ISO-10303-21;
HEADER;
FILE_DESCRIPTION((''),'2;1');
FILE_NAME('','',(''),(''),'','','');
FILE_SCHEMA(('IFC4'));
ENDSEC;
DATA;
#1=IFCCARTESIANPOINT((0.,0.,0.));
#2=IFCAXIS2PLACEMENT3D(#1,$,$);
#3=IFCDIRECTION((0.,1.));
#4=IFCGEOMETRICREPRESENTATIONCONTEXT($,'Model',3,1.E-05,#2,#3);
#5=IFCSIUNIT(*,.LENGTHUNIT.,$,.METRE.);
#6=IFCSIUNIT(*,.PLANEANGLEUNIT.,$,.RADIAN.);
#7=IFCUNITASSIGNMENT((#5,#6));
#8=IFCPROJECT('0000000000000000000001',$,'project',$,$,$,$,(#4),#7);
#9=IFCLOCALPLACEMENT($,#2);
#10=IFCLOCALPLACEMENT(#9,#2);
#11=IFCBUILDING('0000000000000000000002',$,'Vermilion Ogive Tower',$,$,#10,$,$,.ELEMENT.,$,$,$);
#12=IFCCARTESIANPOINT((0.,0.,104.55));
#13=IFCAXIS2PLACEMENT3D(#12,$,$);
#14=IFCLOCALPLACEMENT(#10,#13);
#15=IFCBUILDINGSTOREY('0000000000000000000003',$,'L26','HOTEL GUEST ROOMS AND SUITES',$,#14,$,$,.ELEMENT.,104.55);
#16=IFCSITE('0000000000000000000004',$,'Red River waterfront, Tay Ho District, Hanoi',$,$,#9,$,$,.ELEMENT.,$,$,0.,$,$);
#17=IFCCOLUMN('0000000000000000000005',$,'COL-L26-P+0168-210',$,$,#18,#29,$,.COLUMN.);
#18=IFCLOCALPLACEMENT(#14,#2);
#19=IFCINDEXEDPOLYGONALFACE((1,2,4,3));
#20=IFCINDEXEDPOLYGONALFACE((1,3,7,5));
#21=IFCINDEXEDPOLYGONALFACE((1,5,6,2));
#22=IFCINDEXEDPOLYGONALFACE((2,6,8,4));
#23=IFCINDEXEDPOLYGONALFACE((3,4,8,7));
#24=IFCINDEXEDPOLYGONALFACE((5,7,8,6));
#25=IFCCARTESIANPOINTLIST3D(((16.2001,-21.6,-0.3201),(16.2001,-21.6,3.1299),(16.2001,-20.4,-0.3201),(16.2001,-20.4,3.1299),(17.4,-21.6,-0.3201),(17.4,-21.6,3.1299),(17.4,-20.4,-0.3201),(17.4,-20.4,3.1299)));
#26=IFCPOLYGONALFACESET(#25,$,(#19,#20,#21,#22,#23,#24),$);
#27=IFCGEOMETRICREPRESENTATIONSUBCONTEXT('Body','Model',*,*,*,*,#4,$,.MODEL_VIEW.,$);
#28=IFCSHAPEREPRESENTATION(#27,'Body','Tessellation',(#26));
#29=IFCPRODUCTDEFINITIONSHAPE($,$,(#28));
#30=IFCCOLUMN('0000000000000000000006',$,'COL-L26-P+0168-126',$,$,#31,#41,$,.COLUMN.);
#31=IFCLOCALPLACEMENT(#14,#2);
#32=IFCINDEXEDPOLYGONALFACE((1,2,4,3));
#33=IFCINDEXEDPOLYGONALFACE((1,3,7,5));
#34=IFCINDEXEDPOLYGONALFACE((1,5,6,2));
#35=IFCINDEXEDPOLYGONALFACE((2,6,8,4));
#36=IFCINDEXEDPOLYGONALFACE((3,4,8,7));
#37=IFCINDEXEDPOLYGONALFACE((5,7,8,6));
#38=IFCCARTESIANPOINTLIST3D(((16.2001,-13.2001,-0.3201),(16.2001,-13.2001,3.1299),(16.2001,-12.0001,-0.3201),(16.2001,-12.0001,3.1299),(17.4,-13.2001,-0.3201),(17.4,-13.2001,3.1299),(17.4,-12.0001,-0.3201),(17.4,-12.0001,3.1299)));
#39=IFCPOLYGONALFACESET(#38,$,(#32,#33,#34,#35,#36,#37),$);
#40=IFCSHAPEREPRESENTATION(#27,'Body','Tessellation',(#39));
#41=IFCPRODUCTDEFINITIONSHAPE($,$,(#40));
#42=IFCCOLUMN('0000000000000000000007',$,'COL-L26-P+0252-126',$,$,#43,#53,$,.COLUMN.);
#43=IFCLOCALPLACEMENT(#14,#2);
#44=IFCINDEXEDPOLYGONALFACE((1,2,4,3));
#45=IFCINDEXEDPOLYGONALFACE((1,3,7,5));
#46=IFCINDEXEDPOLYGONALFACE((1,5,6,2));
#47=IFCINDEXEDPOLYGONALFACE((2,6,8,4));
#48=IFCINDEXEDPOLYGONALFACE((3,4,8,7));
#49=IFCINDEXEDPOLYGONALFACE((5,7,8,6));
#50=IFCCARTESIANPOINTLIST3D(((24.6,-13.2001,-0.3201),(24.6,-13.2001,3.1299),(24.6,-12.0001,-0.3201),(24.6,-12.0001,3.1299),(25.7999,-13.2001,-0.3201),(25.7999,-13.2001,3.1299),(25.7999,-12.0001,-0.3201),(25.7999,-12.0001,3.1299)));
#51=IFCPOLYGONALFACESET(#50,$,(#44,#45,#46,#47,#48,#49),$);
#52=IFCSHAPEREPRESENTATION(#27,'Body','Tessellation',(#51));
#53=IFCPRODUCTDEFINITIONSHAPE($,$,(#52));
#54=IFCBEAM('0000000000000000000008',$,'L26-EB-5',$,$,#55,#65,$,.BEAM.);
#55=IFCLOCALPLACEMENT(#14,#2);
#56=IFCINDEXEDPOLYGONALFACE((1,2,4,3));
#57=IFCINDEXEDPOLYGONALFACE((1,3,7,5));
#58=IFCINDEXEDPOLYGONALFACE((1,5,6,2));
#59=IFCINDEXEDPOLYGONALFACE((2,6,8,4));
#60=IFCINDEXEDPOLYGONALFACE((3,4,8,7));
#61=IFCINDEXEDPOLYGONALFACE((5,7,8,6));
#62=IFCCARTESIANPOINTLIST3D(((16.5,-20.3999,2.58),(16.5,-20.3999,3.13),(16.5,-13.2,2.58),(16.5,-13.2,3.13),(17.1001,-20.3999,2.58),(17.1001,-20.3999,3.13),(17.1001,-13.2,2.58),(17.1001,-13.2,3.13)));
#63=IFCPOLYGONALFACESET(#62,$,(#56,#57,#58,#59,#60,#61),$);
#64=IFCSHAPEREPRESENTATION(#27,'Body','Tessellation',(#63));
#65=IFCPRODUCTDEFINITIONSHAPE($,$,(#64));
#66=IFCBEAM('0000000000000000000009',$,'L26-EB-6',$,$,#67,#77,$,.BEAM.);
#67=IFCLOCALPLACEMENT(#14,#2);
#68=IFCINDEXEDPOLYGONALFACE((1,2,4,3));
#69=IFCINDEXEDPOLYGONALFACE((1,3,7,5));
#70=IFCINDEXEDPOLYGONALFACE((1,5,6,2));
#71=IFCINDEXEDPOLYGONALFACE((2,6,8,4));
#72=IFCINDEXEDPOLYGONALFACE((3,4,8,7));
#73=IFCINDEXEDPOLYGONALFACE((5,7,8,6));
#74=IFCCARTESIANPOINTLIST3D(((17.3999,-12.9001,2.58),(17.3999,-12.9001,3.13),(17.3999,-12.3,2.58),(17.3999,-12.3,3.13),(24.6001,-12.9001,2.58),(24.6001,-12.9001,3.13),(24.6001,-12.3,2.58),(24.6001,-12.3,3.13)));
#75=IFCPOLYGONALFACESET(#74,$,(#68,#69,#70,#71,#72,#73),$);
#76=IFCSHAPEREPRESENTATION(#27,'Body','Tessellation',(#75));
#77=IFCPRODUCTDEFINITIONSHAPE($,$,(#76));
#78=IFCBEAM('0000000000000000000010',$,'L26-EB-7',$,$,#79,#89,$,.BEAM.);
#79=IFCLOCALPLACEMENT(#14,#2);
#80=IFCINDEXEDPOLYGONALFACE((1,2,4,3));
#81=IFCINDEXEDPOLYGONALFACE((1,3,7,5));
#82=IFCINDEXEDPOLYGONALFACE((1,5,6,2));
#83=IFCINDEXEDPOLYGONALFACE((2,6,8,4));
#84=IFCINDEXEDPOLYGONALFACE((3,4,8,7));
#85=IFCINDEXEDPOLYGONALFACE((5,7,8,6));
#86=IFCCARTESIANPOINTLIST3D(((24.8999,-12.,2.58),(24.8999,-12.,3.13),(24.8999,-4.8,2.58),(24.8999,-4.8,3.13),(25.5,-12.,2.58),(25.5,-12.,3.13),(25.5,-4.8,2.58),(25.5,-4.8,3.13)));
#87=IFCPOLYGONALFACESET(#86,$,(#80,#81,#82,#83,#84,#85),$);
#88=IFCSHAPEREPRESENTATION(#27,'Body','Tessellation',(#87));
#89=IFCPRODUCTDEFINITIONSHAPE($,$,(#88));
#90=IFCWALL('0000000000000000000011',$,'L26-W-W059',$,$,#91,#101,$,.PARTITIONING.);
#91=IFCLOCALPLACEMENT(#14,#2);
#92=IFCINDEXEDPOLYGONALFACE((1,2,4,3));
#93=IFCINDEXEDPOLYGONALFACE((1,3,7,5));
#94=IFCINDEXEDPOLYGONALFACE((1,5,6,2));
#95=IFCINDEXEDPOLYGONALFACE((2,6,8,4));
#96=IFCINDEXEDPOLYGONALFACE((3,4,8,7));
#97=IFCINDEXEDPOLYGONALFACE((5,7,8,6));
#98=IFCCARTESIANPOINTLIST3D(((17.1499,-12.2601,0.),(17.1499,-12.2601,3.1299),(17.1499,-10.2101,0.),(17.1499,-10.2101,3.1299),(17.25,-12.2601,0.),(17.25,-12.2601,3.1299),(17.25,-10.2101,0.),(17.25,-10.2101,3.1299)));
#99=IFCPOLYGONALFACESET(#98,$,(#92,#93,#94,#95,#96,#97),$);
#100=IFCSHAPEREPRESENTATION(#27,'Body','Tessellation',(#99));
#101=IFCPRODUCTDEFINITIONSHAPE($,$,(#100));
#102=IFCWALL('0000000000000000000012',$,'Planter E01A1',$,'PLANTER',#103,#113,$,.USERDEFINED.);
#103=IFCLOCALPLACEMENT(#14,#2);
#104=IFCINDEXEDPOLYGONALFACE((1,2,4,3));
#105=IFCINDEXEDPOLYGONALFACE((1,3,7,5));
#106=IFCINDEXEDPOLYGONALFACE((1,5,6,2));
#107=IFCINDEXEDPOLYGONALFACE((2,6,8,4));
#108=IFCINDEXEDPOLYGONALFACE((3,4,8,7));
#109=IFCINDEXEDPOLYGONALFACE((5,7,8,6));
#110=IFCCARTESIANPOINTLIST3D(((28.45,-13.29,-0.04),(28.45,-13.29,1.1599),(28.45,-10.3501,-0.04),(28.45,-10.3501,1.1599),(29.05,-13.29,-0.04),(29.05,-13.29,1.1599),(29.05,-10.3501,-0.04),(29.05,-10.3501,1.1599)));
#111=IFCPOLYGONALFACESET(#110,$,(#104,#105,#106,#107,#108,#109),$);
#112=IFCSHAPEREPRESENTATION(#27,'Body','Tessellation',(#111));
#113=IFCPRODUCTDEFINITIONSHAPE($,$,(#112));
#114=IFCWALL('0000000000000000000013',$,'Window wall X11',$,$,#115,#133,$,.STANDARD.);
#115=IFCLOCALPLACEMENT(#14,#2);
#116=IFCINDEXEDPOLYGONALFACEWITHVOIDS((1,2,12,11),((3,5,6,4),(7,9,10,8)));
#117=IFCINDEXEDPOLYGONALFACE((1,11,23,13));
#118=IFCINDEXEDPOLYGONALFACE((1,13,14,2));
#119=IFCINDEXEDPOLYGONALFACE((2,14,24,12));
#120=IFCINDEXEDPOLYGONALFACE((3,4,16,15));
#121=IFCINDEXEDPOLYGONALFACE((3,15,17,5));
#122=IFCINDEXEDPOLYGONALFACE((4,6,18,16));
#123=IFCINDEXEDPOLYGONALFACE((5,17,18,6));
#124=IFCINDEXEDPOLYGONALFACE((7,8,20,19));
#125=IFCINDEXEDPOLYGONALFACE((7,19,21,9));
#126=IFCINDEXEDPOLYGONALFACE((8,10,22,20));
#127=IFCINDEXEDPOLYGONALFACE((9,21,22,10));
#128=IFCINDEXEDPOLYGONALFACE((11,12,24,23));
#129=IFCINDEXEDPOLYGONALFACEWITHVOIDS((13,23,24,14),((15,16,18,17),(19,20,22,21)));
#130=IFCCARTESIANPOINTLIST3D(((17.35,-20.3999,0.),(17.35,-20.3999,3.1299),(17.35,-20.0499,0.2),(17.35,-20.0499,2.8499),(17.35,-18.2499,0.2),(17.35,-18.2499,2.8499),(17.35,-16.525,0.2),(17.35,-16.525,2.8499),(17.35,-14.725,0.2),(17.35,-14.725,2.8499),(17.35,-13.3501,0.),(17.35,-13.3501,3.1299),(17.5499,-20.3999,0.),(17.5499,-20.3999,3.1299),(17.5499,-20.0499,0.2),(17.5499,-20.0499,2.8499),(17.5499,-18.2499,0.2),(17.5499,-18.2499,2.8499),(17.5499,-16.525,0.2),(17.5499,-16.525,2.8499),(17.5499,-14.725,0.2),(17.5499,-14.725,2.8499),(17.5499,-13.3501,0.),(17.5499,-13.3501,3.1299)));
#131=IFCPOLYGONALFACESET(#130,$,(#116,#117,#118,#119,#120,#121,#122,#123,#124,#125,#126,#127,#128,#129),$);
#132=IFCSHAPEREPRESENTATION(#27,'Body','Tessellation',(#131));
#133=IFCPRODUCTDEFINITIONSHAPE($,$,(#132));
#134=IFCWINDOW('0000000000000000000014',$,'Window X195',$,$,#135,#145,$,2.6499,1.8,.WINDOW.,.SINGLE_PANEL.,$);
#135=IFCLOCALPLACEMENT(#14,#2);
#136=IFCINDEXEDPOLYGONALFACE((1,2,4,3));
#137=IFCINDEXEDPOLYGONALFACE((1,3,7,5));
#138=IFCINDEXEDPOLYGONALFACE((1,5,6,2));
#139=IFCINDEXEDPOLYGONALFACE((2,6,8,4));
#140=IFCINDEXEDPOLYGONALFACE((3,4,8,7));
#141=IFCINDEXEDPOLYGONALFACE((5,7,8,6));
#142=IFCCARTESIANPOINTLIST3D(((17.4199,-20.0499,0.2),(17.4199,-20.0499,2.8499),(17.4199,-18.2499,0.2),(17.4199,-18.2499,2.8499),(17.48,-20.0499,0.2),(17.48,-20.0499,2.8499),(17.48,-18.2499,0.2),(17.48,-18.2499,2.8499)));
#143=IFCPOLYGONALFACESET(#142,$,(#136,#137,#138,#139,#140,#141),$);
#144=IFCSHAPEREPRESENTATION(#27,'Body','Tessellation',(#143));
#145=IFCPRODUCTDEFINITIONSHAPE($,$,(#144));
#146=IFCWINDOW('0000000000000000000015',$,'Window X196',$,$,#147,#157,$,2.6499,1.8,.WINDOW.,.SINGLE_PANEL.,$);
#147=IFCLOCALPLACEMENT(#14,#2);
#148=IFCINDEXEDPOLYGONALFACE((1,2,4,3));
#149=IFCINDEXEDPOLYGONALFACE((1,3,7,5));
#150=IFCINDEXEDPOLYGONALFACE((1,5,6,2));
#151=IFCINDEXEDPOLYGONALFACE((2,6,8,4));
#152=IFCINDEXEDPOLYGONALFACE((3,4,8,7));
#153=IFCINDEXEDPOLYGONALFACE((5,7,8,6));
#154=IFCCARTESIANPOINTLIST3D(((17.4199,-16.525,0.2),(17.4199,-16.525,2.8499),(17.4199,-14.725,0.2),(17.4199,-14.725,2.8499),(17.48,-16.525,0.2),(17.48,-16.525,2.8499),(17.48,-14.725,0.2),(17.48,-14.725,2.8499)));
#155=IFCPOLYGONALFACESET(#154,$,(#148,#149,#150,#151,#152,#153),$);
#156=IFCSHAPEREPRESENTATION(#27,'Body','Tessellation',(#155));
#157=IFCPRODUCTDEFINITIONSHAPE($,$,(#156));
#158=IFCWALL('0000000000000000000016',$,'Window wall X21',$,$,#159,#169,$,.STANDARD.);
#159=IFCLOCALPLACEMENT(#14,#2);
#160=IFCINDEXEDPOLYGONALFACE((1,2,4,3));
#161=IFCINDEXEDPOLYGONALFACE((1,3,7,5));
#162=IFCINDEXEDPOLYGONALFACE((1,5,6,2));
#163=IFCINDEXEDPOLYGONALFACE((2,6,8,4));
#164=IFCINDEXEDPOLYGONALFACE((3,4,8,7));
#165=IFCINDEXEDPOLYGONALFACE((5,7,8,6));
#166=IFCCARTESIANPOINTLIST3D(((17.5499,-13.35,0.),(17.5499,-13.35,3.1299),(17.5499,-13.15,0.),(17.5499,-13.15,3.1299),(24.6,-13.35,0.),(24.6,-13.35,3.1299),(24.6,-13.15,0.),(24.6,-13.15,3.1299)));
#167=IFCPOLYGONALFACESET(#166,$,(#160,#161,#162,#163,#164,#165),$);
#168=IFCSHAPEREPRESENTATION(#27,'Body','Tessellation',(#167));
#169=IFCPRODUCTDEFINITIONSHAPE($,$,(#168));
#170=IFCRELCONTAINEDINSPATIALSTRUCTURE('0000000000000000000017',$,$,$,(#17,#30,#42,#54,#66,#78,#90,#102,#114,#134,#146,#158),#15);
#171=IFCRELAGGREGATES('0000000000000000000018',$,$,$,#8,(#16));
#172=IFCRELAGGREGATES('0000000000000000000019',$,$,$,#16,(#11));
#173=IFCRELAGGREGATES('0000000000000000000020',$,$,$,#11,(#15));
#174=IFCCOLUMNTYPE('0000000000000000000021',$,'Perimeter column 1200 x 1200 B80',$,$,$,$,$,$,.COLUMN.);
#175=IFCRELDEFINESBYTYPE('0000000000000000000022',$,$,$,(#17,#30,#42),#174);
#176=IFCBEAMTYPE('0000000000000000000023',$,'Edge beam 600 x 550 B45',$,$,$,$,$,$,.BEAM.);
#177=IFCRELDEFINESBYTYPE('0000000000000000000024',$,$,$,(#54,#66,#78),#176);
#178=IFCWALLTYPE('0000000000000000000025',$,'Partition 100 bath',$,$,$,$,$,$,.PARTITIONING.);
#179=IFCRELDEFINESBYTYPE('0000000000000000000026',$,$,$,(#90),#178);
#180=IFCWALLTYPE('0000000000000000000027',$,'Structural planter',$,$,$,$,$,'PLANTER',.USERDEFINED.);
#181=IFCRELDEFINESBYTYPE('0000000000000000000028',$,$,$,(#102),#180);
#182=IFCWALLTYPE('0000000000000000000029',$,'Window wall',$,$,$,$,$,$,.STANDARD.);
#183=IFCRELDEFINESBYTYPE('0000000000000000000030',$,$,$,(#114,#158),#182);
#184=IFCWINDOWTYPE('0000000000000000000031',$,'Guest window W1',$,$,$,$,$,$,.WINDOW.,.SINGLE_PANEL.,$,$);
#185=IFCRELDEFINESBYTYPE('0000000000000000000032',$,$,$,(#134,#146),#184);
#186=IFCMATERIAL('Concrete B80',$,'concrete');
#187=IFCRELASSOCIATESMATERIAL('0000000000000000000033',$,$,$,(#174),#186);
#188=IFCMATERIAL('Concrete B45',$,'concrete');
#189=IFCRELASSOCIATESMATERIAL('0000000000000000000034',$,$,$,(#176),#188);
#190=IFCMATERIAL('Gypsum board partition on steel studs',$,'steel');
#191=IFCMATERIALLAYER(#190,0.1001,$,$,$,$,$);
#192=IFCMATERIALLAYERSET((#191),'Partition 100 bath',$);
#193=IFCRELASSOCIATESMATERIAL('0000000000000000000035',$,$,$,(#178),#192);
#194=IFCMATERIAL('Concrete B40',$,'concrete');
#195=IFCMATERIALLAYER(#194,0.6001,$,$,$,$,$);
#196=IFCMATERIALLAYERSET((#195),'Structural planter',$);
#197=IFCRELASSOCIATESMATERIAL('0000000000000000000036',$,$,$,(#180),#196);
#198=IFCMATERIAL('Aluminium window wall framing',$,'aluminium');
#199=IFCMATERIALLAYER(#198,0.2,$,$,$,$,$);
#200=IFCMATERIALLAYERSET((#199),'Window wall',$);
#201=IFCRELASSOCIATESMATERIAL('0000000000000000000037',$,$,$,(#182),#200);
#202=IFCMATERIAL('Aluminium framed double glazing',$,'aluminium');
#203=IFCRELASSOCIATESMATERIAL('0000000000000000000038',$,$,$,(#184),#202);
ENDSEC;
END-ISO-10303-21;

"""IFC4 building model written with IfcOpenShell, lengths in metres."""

from ifc_helpers import new_model, si_unit, direction, frame, frame_2d, origin, origin_2d, place, context, subcontext, project, spatial, rectangle, extrude, material, layer, layer_set, material_profile, profile_set, type_object, element, fill, save


model = new_model("IFC4")

# Units and contexts
model_context = context("Model", 3, precision=1e-05, world=origin(), true_north=direction((0.0, 1.0)))
body_context = subcontext(model_context, "Body", "Model", "MODEL_VIEW")
ifc_project = project(units=[si_unit("LENGTHUNIT", "METRE"), si_unit("PLANEANGLEUNIT", "RADIAN")], contexts=[model_context])

# Site, building, storey
site_placement = place(None, origin())
site = spatial("IfcSite", under=ifc_project, at=site_placement, Name="Red River waterfront, Tay Ho District, Hanoi", CompositionType="ELEMENT", RefElevation=0.0)
building_placement = place(site_placement, origin())
building = spatial("IfcBuilding", under=site, at=building_placement, Name="Vermilion Ogive Tower", CompositionType="ELEMENT")
storey_placement = place(building_placement, frame((0.0, 0.0, 104.55)))
storey = spatial("IfcBuildingStorey", under=building, at=storey_placement, Name="L26", Description="HOTEL GUEST ROOMS AND SUITES", CompositionType="ELEMENT", Elevation=104.55)

# Columns
ifc_material_1 = material(Name="Concrete B80", Category="concrete")
ifc_material_profile_1 = material_profile(ifc_material_1, rectangle(XDim=1.2, YDim=1.2, at=origin_2d()), Name="1200 x 1200")
ifc_profile_set_1 = profile_set([ifc_material_profile_1], Name="Concrete B80")
column_type = type_object("IfcColumnType", Name="Perimeter column 1200 x 1200 B80", PredefinedType="COLUMN", material=ifc_profile_set_1)
for number, where, z_axis, x_axis, name in (
    (1, (16.8, -21.0, -0.3201), (0.0, 0.0, 1.0), (1.0, 0.0, 0.0), "COL-L26-P+0168-210"),
    (2, (16.8, -12.6001, -0.3201), (0.0, 0.0, 1.0), (1.0, 0.0, 0.0), "COL-L26-P+0168-126"),
    (3, (25.2, -12.6001, -0.3201), (0.0, 0.0, 1.0), (1.0, 0.0, 0.0), "COL-L26-P+0252-126"),
):
    element("IfcColumn", number, at=place(storey_placement, frame(where, z_axis=z_axis, x_axis=x_axis)), inside=storey, type_object=column_type, Name=name, PredefinedType="COLUMN", context=body_context, shape_type="SweptSolid", body=[
        extrude(rectangle(XDim=1.2, YDim=1.2, at=origin_2d()), origin(), (0.0, 0.0, 1.0), 3.45),
    ])

# Beams
ifc_material_2 = material(Name="Concrete B45", Category="concrete")
ifc_material_profile_2 = material_profile(ifc_material_2, rectangle(XDim=0.6001, YDim=0.55, at=origin_2d()), Name="600 x 550")
ifc_profile_set_2 = profile_set([ifc_material_profile_2], Name="Concrete B45")
beam_type = type_object("IfcBeamType", Name="Edge beam 600 x 550 B45", PredefinedType="BEAM", material=ifc_profile_set_2)
beam_1_placement = place(storey_placement, frame((16.8, -20.3999, 2.855), z_axis=(0.0, 1.0, 0.0), x_axis=(-1.0, 0.0, 0.0)))
element("IfcBeam", 4, at=beam_1_placement, inside=storey, type_object=beam_type, Name="L26-EB-5", PredefinedType="BEAM", context=body_context, shape_type="SweptSolid", body=[
    extrude(rectangle(XDim=0.6001, YDim=0.55, at=origin_2d()), origin(), (0.0, 0.0, 1.0), 7.2),
])
beam_2_placement = place(storey_placement, frame((17.3999, -12.6001, 2.855), z_axis=(1.0, 0.0, 0.0), x_axis=(0.0, 1.0, 0.0)))
element("IfcBeam", 5, at=beam_2_placement, inside=storey, type_object=beam_type, Name="L26-EB-6", PredefinedType="BEAM", context=body_context, shape_type="SweptSolid", body=[
    extrude(rectangle(XDim=0.6001, YDim=0.55, at=origin_2d()), origin(), (0.0, 0.0, 1.0), 7.2002),
])
beam_3_placement = place(storey_placement, frame((25.2, -12.0, 2.855), z_axis=(0.0, 1.0, 0.0), x_axis=(-1.0, 0.0, 0.0)))
element("IfcBeam", 6, at=beam_3_placement, inside=storey, type_object=beam_type, Name="L26-EB-7", PredefinedType="BEAM", context=body_context, shape_type="SweptSolid", body=[
    extrude(rectangle(XDim=0.6001, YDim=0.55, at=origin_2d()), origin(), (0.0, 0.0, 1.0), 7.2),
])

# Walls
ifc_material_3 = material(Name="Gypsum board partition on steel studs", Category="steel")
ifc_layer_1 = layer(ifc_material_3, 0.1001)
ifc_layer_set_1 = layer_set([ifc_layer_1], Name="Partition 100 bath")
wall_type_1 = type_object("IfcWallType", Name="Partition 100 bath", PredefinedType="PARTITIONING", material=ifc_layer_set_1)
wall_1_placement = place(storey_placement, frame((17.2, -12.26, 0.0), z_axis=(0.0, 0.0, 1.0), x_axis=(0.0, 1.0, 0.0)))
element("IfcWall", 7, at=wall_1_placement, inside=storey, type_object=wall_type_1, Name="L26-W-W059", PredefinedType="PARTITIONING", context=body_context, shape_type="SweptSolid", body=[
    extrude(rectangle(XDim=2.05, YDim=0.1001, at=frame_2d((1.0249, 0.0))), origin(), (0.0, 0.0, 1.0), 3.1299),
])
ifc_material_4 = material(Name="Concrete B40", Category="concrete")
ifc_layer_2 = layer(ifc_material_4, 0.6001)
ifc_layer_set_2 = layer_set([ifc_layer_2], Name="Structural planter")
wall_type_2 = type_object("IfcWallType", Name="Structural planter", ElementType="PLANTER", PredefinedType="USERDEFINED", material=ifc_layer_set_2)
wall_2_placement = place(storey_placement, frame((28.75, -13.29, -0.04), z_axis=(0.0, 0.0, 1.0), x_axis=(0.0, 1.0, 0.0)))
element("IfcWall", 8, at=wall_2_placement, inside=storey, type_object=wall_type_2, Name="Planter E01A1", ObjectType="PLANTER", PredefinedType="USERDEFINED", context=body_context, shape_type="SweptSolid", body=[
    extrude(rectangle(XDim=2.9399, YDim=0.6001, at=frame_2d((1.47, 0.0))), origin(), (0.0, 0.0, 1.0), 1.2),
])

# Wall, openings, windows
ifc_material_5 = material(Name="Aluminium window wall framing", Category="aluminium")
ifc_layer_3 = layer(ifc_material_5, 0.2)
ifc_layer_set_3 = layer_set([ifc_layer_3], Name="Window wall")
wall_type_3 = type_object("IfcWallType", Name="Window wall", PredefinedType="STANDARD", material=ifc_layer_set_3)
wall_3_placement = place(storey_placement, frame((17.45, -20.3999, 0.0), z_axis=(0.0, 0.0, 1.0), x_axis=(0.0, 1.0, 0.0)))
wall_3 = element("IfcWall", 9, at=wall_3_placement, inside=storey, type_object=wall_type_3, Name="Window wall X11", PredefinedType="STANDARD", context=body_context, shape_type="SweptSolid", body=[
    extrude(rectangle(XDim=7.0498, YDim=0.2, at=frame_2d((3.5249, 0.0))), origin(), (0.0, 0.0, 1.0), 3.1299),
])
opening_1_placement = place(wall_3_placement, frame((0.3501, 0.0, 0.2)))
opening_1 = element("IfcOpeningElement", 10, at=opening_1_placement, cuts=wall_3, PredefinedType="OPENING", context=body_context, shape_type="SweptSolid", body=[
    extrude(rectangle(XDim=1.8, YDim=2.6499, at=frame_2d((0.8999, 1.325))), frame((0.0, 0.1099, 0.0), z_axis=(0.0, -1.0, 0.0), x_axis=(1.0, 0.0, 0.0)), (0.0, 0.0, 1.0), 0.22),
])
opening_2_placement = place(wall_3_placement, frame((3.875, 0.0, 0.2)))
opening_2 = element("IfcOpeningElement", 11, at=opening_2_placement, cuts=wall_3, PredefinedType="OPENING", context=body_context, shape_type="SweptSolid", body=[
    extrude(rectangle(XDim=1.8, YDim=2.6499, at=frame_2d((0.8999, 1.325))), frame((0.0, 0.1099, 0.0), z_axis=(0.0, -1.0, 0.0), x_axis=(1.0, 0.0, 0.0)), (0.0, 0.0, 1.0), 0.22),
])
ifc_material_6 = material(Name="Aluminium framed double glazing", Category="aluminium")
window_type = type_object("IfcWindowType", Name="Guest window W1", PartitioningType="SINGLE_PANEL", PredefinedType="WINDOW", material=ifc_material_6)
window_1_placement = place(opening_1_placement, origin())
window_1 = element("IfcWindow", 12, at=window_1_placement, inside=storey, type_object=window_type, Name="Window X195", OverallHeight=2.6499, OverallWidth=1.8, PartitioningType="SINGLE_PANEL", PredefinedType="WINDOW", context=body_context, shape_type="SweptSolid", body=[
    extrude(rectangle(XDim=1.8, YDim=2.6499, at=frame_2d((0.8999, 1.325))), frame((0.0, 0.03, 0.0), z_axis=(0.0, -1.0, 0.0), x_axis=(1.0, 0.0, 0.0)), (0.0, 0.0, 1.0), 0.0601),
])
fill(opening_1, window_1)
window_2_placement = place(opening_2_placement, origin())
window_2 = element("IfcWindow", 13, at=window_2_placement, inside=storey, type_object=window_type, Name="Window X196", OverallHeight=2.6499, OverallWidth=1.8, PartitioningType="SINGLE_PANEL", PredefinedType="WINDOW", context=body_context, shape_type="SweptSolid", body=[
    extrude(rectangle(XDim=1.8, YDim=2.6499, at=frame_2d((0.8999, 1.325))), frame((0.0, 0.03, 0.0), z_axis=(0.0, -1.0, 0.0), x_axis=(1.0, 0.0, 0.0)), (0.0, 0.0, 1.0), 0.0601),
])
fill(opening_2, window_2)

# Wall
wall_4_placement = place(storey_placement, frame((17.55, -13.25, 0.0), z_axis=(0.0, 0.0, 1.0), x_axis=(1.0, 0.0, 0.0)))
element("IfcWall", 14, at=wall_4_placement, inside=storey, type_object=wall_type_3, Name="Window wall X21", PredefinedType="STANDARD", context=body_context, shape_type="SweptSolid", body=[
    extrude(rectangle(XDim=7.05, YDim=0.2, at=frame_2d((3.5249, 0.0))), origin(), (0.0, 0.0, 1.0), 3.1299),
])

save(model, "model.ifc")
